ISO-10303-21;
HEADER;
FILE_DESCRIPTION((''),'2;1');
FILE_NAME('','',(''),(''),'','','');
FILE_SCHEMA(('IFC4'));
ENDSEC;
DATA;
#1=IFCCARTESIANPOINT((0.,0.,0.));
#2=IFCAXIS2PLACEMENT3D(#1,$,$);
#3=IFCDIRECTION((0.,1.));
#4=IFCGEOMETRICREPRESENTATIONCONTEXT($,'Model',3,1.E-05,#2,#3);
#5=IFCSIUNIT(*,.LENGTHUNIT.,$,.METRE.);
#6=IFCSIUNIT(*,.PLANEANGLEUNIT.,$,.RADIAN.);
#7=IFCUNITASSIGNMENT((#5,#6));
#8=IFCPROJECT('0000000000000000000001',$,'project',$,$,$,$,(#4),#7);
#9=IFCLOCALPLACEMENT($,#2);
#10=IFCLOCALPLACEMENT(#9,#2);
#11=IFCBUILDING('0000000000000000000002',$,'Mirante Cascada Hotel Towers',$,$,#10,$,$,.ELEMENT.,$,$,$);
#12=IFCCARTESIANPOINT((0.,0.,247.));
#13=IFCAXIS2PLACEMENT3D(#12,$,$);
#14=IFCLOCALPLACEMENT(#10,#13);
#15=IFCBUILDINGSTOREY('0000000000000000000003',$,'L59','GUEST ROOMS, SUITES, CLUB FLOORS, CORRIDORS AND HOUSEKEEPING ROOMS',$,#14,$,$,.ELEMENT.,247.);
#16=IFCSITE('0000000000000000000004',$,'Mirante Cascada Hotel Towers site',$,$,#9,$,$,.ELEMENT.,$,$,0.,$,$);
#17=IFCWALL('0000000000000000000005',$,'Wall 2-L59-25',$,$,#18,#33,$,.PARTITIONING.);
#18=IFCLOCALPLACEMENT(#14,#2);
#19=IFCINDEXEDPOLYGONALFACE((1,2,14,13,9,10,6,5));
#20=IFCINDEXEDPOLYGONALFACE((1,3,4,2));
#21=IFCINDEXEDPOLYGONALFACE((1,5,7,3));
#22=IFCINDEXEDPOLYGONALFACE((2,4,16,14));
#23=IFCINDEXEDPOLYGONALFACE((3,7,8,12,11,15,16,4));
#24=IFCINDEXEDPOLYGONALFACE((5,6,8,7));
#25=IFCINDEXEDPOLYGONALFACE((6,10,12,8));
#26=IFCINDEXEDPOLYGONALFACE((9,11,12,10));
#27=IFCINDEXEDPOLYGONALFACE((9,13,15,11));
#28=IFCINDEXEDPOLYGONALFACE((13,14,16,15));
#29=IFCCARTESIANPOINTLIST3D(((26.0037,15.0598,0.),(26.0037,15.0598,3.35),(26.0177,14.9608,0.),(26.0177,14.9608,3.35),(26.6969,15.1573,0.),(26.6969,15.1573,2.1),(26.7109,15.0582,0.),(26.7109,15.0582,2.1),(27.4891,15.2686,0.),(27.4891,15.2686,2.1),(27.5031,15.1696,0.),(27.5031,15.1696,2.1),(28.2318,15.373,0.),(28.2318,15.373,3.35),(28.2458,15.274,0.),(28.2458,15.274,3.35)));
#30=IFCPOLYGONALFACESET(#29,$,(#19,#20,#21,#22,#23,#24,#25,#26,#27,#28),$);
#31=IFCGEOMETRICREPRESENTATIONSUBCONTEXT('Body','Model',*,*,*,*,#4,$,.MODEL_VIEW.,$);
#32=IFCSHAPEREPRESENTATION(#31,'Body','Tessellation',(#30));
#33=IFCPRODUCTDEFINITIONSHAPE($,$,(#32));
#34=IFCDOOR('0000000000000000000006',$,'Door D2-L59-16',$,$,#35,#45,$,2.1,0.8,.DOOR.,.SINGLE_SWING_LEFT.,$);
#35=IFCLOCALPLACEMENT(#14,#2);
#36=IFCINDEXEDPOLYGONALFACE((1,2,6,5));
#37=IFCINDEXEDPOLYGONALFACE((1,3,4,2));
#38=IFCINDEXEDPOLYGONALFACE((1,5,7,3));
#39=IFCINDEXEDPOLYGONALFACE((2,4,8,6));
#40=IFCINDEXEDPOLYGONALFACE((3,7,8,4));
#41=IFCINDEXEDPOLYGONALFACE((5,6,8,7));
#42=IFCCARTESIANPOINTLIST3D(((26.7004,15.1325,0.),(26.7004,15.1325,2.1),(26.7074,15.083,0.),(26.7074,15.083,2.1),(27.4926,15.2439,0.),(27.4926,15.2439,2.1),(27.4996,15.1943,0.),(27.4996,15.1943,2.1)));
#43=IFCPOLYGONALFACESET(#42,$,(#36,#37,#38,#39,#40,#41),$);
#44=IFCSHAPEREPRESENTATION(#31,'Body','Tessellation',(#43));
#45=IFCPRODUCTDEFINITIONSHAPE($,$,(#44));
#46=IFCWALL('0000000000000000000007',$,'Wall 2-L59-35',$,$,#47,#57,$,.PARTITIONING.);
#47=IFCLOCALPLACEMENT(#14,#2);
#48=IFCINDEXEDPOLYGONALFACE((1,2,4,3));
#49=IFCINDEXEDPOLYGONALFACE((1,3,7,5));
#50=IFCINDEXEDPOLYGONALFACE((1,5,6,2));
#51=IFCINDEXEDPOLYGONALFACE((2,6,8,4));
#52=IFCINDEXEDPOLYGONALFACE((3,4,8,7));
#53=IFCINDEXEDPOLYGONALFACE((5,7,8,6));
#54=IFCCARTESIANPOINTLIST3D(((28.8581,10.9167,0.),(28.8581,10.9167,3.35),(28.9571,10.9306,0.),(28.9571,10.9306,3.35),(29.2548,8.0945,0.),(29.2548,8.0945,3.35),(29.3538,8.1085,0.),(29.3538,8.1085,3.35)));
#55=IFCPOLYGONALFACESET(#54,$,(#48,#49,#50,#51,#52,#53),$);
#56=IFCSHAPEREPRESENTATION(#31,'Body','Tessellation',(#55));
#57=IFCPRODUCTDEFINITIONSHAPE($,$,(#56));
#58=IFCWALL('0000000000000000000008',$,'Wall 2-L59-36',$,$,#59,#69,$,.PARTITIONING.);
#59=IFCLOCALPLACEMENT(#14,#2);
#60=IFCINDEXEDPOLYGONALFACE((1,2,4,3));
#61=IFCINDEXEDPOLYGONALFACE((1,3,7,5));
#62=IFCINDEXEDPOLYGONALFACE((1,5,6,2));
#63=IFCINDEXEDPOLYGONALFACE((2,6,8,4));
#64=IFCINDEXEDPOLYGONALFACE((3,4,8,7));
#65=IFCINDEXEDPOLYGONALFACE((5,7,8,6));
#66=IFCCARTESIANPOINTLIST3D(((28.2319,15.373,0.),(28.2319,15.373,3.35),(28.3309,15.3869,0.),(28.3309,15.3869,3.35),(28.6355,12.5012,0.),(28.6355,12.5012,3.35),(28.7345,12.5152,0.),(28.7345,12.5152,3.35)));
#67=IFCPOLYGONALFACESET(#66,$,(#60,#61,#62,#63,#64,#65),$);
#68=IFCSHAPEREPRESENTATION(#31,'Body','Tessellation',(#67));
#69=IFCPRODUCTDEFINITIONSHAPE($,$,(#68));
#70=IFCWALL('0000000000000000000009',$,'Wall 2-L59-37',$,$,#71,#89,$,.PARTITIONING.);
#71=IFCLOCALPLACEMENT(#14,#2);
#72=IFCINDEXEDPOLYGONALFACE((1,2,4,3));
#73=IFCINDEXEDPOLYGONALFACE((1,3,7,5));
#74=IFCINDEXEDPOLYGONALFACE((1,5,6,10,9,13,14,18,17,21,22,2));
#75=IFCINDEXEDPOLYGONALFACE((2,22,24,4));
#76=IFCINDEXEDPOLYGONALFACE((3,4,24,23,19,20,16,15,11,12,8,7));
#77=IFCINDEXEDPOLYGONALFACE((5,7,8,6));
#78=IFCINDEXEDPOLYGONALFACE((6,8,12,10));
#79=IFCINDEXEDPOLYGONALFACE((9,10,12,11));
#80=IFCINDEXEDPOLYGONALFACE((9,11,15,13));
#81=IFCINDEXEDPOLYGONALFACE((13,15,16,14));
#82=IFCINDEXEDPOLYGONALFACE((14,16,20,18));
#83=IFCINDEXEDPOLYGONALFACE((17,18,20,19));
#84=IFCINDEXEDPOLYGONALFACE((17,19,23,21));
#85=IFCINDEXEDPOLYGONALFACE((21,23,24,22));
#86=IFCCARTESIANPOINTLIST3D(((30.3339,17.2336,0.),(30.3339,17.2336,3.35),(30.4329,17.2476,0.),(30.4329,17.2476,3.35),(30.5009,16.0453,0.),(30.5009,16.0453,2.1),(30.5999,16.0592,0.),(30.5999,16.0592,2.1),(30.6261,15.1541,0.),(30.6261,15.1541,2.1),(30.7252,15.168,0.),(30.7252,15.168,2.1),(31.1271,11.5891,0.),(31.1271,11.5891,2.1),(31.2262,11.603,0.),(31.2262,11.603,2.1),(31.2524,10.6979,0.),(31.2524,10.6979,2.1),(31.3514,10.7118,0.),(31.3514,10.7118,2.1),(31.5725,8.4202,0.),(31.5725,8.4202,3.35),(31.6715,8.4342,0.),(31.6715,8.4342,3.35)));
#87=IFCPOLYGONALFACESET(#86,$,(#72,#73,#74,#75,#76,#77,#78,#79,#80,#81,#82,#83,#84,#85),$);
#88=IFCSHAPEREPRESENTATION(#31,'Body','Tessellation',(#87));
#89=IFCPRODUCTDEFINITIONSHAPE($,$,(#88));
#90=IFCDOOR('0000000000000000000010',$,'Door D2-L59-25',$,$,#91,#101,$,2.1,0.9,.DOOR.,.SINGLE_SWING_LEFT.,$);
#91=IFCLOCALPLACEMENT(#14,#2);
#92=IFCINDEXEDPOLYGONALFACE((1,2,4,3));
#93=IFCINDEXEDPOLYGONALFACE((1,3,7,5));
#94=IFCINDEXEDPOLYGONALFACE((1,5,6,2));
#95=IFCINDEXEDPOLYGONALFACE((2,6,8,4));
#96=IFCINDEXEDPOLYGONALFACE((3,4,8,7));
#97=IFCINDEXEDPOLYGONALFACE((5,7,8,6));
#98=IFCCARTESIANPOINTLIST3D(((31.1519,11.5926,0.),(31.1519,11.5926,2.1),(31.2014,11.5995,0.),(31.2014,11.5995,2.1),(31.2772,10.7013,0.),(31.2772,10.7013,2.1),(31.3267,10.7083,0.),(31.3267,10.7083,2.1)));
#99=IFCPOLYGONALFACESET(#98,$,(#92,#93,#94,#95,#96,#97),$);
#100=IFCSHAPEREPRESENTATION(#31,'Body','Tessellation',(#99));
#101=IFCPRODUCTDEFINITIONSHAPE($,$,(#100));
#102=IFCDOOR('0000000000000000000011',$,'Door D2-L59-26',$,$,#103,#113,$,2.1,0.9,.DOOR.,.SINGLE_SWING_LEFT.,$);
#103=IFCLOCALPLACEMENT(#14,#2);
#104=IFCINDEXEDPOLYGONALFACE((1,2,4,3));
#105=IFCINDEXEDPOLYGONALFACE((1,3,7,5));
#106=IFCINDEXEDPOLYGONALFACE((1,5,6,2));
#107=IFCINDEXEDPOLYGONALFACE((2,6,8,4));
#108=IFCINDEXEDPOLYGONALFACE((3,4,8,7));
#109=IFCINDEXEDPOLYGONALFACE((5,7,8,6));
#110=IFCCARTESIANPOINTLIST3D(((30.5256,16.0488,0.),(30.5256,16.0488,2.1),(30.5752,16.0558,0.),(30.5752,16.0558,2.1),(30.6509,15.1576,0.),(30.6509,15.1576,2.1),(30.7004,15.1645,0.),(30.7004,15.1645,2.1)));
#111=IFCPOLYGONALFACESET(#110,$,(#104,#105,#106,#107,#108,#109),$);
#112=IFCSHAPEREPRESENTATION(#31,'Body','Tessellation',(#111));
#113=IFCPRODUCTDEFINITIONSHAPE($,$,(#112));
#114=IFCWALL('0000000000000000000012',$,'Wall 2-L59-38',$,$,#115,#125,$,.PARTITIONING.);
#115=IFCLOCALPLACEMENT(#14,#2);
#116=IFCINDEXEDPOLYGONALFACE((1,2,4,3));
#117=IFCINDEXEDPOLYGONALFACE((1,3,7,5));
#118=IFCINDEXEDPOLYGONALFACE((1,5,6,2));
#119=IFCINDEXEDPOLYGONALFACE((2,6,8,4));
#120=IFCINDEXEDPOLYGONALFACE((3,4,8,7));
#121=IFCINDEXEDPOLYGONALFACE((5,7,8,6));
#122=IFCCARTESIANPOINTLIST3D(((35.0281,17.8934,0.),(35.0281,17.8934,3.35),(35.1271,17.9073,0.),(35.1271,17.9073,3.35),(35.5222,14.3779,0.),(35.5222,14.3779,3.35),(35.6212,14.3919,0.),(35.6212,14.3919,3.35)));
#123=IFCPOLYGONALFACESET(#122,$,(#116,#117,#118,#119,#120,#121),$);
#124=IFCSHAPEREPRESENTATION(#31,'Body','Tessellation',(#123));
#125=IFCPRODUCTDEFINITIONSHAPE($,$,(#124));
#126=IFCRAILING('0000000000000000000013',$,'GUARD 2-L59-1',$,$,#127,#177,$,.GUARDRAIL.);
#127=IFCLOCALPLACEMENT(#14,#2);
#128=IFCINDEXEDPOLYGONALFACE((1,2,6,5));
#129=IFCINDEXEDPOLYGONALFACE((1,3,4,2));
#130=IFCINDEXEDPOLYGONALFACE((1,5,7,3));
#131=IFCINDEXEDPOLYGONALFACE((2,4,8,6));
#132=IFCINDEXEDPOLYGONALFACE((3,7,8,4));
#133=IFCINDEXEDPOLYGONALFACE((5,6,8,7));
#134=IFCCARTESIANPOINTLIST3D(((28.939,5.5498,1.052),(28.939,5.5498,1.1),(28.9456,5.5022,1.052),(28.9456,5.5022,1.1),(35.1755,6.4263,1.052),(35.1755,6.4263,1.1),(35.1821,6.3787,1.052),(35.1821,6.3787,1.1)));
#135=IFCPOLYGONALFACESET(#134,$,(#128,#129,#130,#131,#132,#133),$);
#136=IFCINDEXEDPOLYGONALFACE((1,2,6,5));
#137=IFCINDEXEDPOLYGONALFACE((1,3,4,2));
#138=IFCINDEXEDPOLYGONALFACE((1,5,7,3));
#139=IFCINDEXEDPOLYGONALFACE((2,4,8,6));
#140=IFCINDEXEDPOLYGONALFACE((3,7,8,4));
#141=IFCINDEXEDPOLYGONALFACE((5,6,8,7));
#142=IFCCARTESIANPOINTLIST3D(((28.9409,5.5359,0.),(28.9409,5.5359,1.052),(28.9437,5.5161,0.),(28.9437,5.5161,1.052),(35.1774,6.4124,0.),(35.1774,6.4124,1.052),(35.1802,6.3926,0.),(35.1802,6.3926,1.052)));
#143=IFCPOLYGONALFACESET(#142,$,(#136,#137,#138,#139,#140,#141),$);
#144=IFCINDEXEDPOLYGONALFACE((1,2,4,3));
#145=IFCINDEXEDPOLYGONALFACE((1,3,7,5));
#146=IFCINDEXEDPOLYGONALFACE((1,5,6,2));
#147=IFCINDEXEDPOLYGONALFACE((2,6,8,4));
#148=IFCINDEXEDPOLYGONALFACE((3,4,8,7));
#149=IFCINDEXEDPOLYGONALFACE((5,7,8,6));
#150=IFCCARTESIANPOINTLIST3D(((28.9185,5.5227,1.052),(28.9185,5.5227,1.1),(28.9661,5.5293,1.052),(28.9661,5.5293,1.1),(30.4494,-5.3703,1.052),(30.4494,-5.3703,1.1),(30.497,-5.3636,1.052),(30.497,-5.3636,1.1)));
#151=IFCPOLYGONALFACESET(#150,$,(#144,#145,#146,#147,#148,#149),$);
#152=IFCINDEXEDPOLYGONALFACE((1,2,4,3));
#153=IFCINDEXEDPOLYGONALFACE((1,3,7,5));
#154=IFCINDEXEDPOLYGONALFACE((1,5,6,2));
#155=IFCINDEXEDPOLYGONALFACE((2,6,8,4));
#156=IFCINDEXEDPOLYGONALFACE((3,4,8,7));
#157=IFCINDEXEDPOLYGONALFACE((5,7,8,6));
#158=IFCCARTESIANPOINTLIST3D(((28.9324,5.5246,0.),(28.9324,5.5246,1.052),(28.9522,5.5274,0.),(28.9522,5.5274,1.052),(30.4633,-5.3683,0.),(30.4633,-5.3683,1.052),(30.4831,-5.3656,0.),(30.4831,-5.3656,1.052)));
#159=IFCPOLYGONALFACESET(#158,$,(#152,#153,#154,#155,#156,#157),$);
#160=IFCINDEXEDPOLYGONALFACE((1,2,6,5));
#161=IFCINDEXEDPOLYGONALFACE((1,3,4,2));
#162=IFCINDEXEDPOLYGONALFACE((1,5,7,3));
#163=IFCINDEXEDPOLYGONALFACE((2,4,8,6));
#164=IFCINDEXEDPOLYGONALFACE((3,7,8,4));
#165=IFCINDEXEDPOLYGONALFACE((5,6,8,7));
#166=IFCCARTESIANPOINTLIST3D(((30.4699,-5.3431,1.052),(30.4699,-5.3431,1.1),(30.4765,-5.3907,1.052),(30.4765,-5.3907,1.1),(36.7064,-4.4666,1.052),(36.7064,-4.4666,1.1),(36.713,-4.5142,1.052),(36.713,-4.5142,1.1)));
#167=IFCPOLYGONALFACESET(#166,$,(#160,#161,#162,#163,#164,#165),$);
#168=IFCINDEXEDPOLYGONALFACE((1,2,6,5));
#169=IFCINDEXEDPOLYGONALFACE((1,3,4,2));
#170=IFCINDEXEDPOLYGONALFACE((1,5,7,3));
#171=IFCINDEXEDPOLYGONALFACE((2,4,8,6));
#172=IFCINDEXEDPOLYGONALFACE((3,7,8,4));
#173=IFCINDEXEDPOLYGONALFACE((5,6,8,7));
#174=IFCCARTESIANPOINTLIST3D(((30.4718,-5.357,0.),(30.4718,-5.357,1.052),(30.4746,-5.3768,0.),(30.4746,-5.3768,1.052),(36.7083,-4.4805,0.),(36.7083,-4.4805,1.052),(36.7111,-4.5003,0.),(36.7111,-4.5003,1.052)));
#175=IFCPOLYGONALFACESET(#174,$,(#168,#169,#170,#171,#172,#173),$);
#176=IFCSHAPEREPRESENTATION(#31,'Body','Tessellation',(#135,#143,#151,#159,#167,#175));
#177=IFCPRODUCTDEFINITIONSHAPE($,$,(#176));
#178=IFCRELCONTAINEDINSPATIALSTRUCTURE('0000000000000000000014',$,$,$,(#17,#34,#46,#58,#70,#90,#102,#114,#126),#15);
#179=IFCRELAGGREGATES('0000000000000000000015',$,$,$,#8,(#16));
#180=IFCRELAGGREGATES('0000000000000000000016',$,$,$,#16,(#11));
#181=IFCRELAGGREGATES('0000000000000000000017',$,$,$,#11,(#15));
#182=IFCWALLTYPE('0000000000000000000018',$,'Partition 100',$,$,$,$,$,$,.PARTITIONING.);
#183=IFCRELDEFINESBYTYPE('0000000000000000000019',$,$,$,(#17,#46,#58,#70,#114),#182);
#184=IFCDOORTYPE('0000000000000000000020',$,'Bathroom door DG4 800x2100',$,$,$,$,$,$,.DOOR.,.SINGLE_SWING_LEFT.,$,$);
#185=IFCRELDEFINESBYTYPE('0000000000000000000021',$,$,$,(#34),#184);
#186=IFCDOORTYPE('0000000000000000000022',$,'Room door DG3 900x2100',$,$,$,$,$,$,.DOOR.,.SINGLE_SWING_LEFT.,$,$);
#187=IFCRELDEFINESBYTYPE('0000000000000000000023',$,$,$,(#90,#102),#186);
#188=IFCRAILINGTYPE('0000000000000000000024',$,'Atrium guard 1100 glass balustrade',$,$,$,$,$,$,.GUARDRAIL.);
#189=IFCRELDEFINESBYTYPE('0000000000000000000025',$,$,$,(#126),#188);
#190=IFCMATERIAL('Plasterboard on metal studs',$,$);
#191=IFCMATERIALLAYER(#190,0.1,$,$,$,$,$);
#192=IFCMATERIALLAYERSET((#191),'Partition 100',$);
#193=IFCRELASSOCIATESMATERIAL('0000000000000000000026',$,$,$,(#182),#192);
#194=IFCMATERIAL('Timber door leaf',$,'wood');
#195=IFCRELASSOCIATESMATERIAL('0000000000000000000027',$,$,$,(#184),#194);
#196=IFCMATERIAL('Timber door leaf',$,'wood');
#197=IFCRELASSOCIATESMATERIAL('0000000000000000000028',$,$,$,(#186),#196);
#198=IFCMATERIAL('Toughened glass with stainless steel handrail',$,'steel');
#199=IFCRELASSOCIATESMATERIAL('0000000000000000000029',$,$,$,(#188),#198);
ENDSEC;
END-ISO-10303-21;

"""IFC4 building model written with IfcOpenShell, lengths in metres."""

from ifc_helpers import new_model, si_unit, direction, frame, frame_2d, origin, origin_2d, place, context, subcontext, project, spatial, rectangle, extrude, material, layer, layer_set, type_object, element, fill, save


model = new_model("IFC4")

# Units and contexts
model_context = context("Model", 3, precision=1e-05, world=origin(), true_north=direction((0.0, 1.0)))
body_context = subcontext(model_context, "Body", "Model", "MODEL_VIEW")
ifc_project = project(units=[si_unit("LENGTHUNIT", "METRE"), si_unit("PLANEANGLEUNIT", "RADIAN")], contexts=[model_context])

# Site, building, storey
site_placement = place(None, origin())
site = spatial("IfcSite", under=ifc_project, at=site_placement, Name="Mirante Cascada Hotel Towers site", CompositionType="ELEMENT", RefElevation=0.0)
building_placement = place(site_placement, origin())
building = spatial("IfcBuilding", under=site, at=building_placement, Name="Mirante Cascada Hotel Towers", CompositionType="ELEMENT")
storey_placement = place(building_placement, frame((0.0, 0.0, 247.0)))
storey = spatial("IfcBuildingStorey", under=building, at=storey_placement, Name="L59", Description="GUEST ROOMS, SUITES, CLUB FLOORS, CORRIDORS AND HOUSEKEEPING ROOMS", CompositionType="ELEMENT", Elevation=247.0)

# Shared definitions
ifc_material_1 = material(Name="Plasterboard on metal studs")
ifc_layer_1 = layer(ifc_material_1, 0.1)
ifc_layer_set_1 = layer_set([ifc_layer_1], Name="Partition 100")
wall_type_1 = type_object("IfcWallType", Name="Partition 100", PredefinedType="PARTITIONING", material=ifc_layer_set_1)
ifc_material_2 = material(Name="Timber door leaf", Category="wood")
door_type_1 = type_object("IfcDoorType", Name="Bathroom door DG4 800x2100", OperationType="SINGLE_SWING_LEFT", PredefinedType="DOOR", material=ifc_material_2)

# Wall, opening, door
ifc_material_3 = material(Name="Timber door leaf", Category="wood")
door_type_2 = type_object("IfcDoorType", Name="Room door DG3 900x2100", OperationType="SINGLE_SWING_LEFT", PredefinedType="DOOR", material=ifc_material_3)
wall_1_placement = place(storey_placement, frame((28.2388, 15.3235, 0.0), z_axis=(0.0, 0.0, 1.0), x_axis=(-0.990264, -0.1392, 0.0)))
wall_1 = element("IfcWall", 1, at=wall_1_placement, inside=storey, type_object=wall_type_1, Name="Wall 2-L59-25", PredefinedType="PARTITIONING", context=body_context, shape_type="SweptSolid", body=[
    extrude(rectangle(XDim=2.25, YDim=0.1, at=frame_2d((1.125, 0.0))), origin(), (0.0, 0.0, 1.0), 3.35),
])
opening_1_placement = place(wall_1_placement, frame((0.75, 0.0, 0.0)))
opening_1 = element("IfcOpeningElement", 2, at=opening_1_placement, cuts=wall_1, PredefinedType="OPENING", context=body_context, shape_type="SweptSolid", body=[
    extrude(rectangle(XDim=0.8, YDim=2.1, at=frame_2d((0.4, 1.05))), frame((0.0, 0.05, 0.0), z_axis=(0.0, -1.0, 0.0), x_axis=(1.0, 0.0, 0.0)), (0.0, 0.0, 1.0), 0.1),
])
door_1_placement = place(opening_1_placement, origin())
door_1 = element("IfcDoor", 3, at=door_1_placement, inside=storey, type_object=door_type_1, Name="Door D2-L59-16", OperationType="SINGLE_SWING_LEFT", OverallHeight=2.1, OverallWidth=0.8, PredefinedType="DOOR", context=body_context, shape_type="SweptSolid", body=[
    extrude(rectangle(XDim=0.8, YDim=2.1, at=frame_2d((0.4, 1.05))), frame((0.0, 0.025, 0.0), z_axis=(0.0, -1.0, 0.0), x_axis=(1.0, 0.0, 0.0)), (0.0, 0.0, 1.0), 0.05),
])
fill(opening_1, door_1)

# Walls
wall_2_placement = place(storey_placement, frame((28.9076, 10.9237, 0.0), z_axis=(0.0, 0.0, 1.0), x_axis=(0.139196, -0.990265, 0.0)))
element("IfcWall", 4, at=wall_2_placement, inside=storey, type_object=wall_type_1, Name="Wall 2-L59-35", PredefinedType="PARTITIONING", context=body_context, shape_type="SweptSolid", body=[
    extrude(rectangle(XDim=2.8499, YDim=0.1, at=frame_2d((1.425, 0.0))), origin(), (0.0, 0.0, 1.0), 3.35),
])
wall_3_placement = place(storey_placement, frame((28.685, 12.5082, 0.0), z_axis=(0.0, 0.0, 1.0), x_axis=(-0.139171, 0.990268, 0.0)))
element("IfcWall", 5, at=wall_3_placement, inside=storey, type_object=wall_type_1, Name="Wall 2-L59-36", PredefinedType="PARTITIONING", context=body_context, shape_type="SweptSolid", body=[
    extrude(rectangle(XDim=2.9, YDim=0.1, at=frame_2d((1.45, 0.0))), origin(), (0.0, 0.0, 1.0), 3.35),
])

# Wall, openings, doors
wall_4_placement = place(storey_placement, frame((30.3834, 17.2406, 0.0), z_axis=(0.0, 0.0, 1.0), x_axis=(0.139168, -0.990269, 0.0)))
wall_4 = element("IfcWall", 6, at=wall_4_placement, inside=storey, type_object=wall_type_1, Name="Wall 2-L59-37", PredefinedType="PARTITIONING", context=body_context, shape_type="SweptSolid", body=[
    extrude(rectangle(XDim=8.9, YDim=0.1, at=frame_2d((4.45, 0.0))), origin(), (0.0, 0.0, 1.0), 3.35),
])
opening_2_placement = place(wall_4_placement, frame((5.7, 0.0, 0.0)))
opening_2 = element("IfcOpeningElement", 7, at=opening_2_placement, cuts=wall_4, PredefinedType="OPENING", context=body_context, shape_type="SweptSolid", body=[
    extrude(rectangle(XDim=0.9, YDim=2.1, at=frame_2d((0.45, 1.05))), frame((0.0, 0.05, 0.0), z_axis=(0.0, -1.0, 0.0), x_axis=(1.0, 0.0, 0.0)), (0.0, 0.0, 1.0), 0.1),
])
opening_3_placement = place(wall_4_placement, frame((1.2, 0.0, 0.0)))
opening_3 = element("IfcOpeningElement", 8, at=opening_3_placement, cuts=wall_4, PredefinedType="OPENING", context=body_context, shape_type="SweptSolid", body=[
    extrude(rectangle(XDim=0.9, YDim=2.1, at=frame_2d((0.45, 1.05))), frame((0.0, 0.05, 0.0), z_axis=(0.0, -1.0, 0.0), x_axis=(1.0, 0.0, 0.0)), (0.0, 0.0, 1.0), 0.1),
])
door_2_placement = place(opening_2_placement, origin())
door_2 = element("IfcDoor", 9, at=door_2_placement, inside=storey, type_object=door_type_2, Name="Door D2-L59-25", OperationType="SINGLE_SWING_LEFT", OverallHeight=2.1, OverallWidth=0.9, PredefinedType="DOOR", context=body_context, shape_type="SweptSolid", body=[
    extrude(rectangle(XDim=0.9, YDim=2.1, at=frame_2d((0.45, 1.05))), frame((0.0, 0.025, 0.0), z_axis=(0.0, -1.0, 0.0), x_axis=(1.0, 0.0, 0.0)), (0.0, 0.0, 1.0), 0.05),
])
fill(opening_2, door_2)
door_3_placement = place(opening_3_placement, origin())
door_3 = element("IfcDoor", 10, at=door_3_placement, inside=storey, type_object=door_type_2, Name="Door D2-L59-26", OperationType="SINGLE_SWING_LEFT", OverallHeight=2.1, OverallWidth=0.9, PredefinedType="DOOR", context=body_context, shape_type="SweptSolid", body=[
    extrude(rectangle(XDim=0.9, YDim=2.1, at=frame_2d((0.45, 1.05))), frame((0.0, 0.025, 0.0), z_axis=(0.0, -1.0, 0.0), x_axis=(1.0, 0.0, 0.0)), (0.0, 0.0, 1.0), 0.05),
])
fill(opening_3, door_3)

# Wall
wall_5_placement = place(storey_placement, frame((35.5717, 14.3849, 0.0), z_axis=(0.0, 0.0, 1.0), x_axis=(-0.139185, 0.990266, 0.0)))
element("IfcWall", 11, at=wall_5_placement, inside=storey, type_object=wall_type_1, Name="Wall 2-L59-38", PredefinedType="PARTITIONING", context=body_context, shape_type="SweptSolid", body=[
    extrude(rectangle(XDim=3.55, YDim=0.1, at=frame_2d((1.775, 0.0))), origin(), (0.0, 0.0, 1.0), 3.35),
])

# Railing
ifc_material_4 = material(Name="Toughened glass with stainless steel handrail", Category="steel")
railing_type = type_object("IfcRailingType", Name="Atrium guard 1100 glass balustrade", PredefinedType="GUARDRAIL", material=ifc_material_4)
railing_1_placement = place(storey_placement, frame((35.1788, 6.4025, 0.0)))
element("IfcRailing", 12, at=railing_1_placement, inside=storey, type_object=railing_type, Name="GUARD 2-L59-1", PredefinedType="GUARDRAIL", context=body_context, shape_type="SweptSolid", body=[
    extrude(rectangle(XDim=0.048, YDim=0.048, at=origin_2d()), frame((0.0, 0.0, 1.076), z_axis=(-0.990268, -0.139176, 0.0), x_axis=(0.139176, -0.990268, 0.0)), (0.0, 0.0, 1.0), 6.2978),
    extrude(rectangle(XDim=0.02, YDim=1.052, at=origin_2d()), frame((0.0, 0.0, 0.526), z_axis=(-0.990268, -0.139176, 0.0), x_axis=(0.139176, -0.990268, 0.0)), (0.0, 0.0, 1.0), 6.2978),
    extrude(rectangle(XDim=0.048, YDim=0.048, at=origin_2d()), frame((-6.2365, -0.8765, 1.076), z_axis=(0.139173, -0.990268, 0.0), x_axis=(0.990268, 0.139173, 0.0)), (0.0, 0.0, 1.0), 11.0),
    extrude(rectangle(XDim=0.02, YDim=1.052, at=origin_2d()), frame((-6.2365, -0.8765, 0.526), z_axis=(0.139173, -0.990268, 0.0), x_axis=(0.990268, 0.139173, 0.0)), (0.0, 0.0, 1.0), 11.0),
    extrude(rectangle(XDim=0.048, YDim=0.048, at=origin_2d()), frame((-4.7056, -11.7694, 1.076), z_axis=(0.990268, 0.139176, 0.0), x_axis=(-0.139176, 0.990268, 0.0)), (0.0, 0.0, 1.0), 6.2978),
    extrude(rectangle(XDim=0.02, YDim=1.052, at=origin_2d()), frame((-4.7056, -11.7694, 0.526), z_axis=(0.990268, 0.139176, 0.0), x_axis=(-0.139176, 0.990268, 0.0)), (0.0, 0.0, 1.0), 6.2978),
])

save(model, "model.ifc")
